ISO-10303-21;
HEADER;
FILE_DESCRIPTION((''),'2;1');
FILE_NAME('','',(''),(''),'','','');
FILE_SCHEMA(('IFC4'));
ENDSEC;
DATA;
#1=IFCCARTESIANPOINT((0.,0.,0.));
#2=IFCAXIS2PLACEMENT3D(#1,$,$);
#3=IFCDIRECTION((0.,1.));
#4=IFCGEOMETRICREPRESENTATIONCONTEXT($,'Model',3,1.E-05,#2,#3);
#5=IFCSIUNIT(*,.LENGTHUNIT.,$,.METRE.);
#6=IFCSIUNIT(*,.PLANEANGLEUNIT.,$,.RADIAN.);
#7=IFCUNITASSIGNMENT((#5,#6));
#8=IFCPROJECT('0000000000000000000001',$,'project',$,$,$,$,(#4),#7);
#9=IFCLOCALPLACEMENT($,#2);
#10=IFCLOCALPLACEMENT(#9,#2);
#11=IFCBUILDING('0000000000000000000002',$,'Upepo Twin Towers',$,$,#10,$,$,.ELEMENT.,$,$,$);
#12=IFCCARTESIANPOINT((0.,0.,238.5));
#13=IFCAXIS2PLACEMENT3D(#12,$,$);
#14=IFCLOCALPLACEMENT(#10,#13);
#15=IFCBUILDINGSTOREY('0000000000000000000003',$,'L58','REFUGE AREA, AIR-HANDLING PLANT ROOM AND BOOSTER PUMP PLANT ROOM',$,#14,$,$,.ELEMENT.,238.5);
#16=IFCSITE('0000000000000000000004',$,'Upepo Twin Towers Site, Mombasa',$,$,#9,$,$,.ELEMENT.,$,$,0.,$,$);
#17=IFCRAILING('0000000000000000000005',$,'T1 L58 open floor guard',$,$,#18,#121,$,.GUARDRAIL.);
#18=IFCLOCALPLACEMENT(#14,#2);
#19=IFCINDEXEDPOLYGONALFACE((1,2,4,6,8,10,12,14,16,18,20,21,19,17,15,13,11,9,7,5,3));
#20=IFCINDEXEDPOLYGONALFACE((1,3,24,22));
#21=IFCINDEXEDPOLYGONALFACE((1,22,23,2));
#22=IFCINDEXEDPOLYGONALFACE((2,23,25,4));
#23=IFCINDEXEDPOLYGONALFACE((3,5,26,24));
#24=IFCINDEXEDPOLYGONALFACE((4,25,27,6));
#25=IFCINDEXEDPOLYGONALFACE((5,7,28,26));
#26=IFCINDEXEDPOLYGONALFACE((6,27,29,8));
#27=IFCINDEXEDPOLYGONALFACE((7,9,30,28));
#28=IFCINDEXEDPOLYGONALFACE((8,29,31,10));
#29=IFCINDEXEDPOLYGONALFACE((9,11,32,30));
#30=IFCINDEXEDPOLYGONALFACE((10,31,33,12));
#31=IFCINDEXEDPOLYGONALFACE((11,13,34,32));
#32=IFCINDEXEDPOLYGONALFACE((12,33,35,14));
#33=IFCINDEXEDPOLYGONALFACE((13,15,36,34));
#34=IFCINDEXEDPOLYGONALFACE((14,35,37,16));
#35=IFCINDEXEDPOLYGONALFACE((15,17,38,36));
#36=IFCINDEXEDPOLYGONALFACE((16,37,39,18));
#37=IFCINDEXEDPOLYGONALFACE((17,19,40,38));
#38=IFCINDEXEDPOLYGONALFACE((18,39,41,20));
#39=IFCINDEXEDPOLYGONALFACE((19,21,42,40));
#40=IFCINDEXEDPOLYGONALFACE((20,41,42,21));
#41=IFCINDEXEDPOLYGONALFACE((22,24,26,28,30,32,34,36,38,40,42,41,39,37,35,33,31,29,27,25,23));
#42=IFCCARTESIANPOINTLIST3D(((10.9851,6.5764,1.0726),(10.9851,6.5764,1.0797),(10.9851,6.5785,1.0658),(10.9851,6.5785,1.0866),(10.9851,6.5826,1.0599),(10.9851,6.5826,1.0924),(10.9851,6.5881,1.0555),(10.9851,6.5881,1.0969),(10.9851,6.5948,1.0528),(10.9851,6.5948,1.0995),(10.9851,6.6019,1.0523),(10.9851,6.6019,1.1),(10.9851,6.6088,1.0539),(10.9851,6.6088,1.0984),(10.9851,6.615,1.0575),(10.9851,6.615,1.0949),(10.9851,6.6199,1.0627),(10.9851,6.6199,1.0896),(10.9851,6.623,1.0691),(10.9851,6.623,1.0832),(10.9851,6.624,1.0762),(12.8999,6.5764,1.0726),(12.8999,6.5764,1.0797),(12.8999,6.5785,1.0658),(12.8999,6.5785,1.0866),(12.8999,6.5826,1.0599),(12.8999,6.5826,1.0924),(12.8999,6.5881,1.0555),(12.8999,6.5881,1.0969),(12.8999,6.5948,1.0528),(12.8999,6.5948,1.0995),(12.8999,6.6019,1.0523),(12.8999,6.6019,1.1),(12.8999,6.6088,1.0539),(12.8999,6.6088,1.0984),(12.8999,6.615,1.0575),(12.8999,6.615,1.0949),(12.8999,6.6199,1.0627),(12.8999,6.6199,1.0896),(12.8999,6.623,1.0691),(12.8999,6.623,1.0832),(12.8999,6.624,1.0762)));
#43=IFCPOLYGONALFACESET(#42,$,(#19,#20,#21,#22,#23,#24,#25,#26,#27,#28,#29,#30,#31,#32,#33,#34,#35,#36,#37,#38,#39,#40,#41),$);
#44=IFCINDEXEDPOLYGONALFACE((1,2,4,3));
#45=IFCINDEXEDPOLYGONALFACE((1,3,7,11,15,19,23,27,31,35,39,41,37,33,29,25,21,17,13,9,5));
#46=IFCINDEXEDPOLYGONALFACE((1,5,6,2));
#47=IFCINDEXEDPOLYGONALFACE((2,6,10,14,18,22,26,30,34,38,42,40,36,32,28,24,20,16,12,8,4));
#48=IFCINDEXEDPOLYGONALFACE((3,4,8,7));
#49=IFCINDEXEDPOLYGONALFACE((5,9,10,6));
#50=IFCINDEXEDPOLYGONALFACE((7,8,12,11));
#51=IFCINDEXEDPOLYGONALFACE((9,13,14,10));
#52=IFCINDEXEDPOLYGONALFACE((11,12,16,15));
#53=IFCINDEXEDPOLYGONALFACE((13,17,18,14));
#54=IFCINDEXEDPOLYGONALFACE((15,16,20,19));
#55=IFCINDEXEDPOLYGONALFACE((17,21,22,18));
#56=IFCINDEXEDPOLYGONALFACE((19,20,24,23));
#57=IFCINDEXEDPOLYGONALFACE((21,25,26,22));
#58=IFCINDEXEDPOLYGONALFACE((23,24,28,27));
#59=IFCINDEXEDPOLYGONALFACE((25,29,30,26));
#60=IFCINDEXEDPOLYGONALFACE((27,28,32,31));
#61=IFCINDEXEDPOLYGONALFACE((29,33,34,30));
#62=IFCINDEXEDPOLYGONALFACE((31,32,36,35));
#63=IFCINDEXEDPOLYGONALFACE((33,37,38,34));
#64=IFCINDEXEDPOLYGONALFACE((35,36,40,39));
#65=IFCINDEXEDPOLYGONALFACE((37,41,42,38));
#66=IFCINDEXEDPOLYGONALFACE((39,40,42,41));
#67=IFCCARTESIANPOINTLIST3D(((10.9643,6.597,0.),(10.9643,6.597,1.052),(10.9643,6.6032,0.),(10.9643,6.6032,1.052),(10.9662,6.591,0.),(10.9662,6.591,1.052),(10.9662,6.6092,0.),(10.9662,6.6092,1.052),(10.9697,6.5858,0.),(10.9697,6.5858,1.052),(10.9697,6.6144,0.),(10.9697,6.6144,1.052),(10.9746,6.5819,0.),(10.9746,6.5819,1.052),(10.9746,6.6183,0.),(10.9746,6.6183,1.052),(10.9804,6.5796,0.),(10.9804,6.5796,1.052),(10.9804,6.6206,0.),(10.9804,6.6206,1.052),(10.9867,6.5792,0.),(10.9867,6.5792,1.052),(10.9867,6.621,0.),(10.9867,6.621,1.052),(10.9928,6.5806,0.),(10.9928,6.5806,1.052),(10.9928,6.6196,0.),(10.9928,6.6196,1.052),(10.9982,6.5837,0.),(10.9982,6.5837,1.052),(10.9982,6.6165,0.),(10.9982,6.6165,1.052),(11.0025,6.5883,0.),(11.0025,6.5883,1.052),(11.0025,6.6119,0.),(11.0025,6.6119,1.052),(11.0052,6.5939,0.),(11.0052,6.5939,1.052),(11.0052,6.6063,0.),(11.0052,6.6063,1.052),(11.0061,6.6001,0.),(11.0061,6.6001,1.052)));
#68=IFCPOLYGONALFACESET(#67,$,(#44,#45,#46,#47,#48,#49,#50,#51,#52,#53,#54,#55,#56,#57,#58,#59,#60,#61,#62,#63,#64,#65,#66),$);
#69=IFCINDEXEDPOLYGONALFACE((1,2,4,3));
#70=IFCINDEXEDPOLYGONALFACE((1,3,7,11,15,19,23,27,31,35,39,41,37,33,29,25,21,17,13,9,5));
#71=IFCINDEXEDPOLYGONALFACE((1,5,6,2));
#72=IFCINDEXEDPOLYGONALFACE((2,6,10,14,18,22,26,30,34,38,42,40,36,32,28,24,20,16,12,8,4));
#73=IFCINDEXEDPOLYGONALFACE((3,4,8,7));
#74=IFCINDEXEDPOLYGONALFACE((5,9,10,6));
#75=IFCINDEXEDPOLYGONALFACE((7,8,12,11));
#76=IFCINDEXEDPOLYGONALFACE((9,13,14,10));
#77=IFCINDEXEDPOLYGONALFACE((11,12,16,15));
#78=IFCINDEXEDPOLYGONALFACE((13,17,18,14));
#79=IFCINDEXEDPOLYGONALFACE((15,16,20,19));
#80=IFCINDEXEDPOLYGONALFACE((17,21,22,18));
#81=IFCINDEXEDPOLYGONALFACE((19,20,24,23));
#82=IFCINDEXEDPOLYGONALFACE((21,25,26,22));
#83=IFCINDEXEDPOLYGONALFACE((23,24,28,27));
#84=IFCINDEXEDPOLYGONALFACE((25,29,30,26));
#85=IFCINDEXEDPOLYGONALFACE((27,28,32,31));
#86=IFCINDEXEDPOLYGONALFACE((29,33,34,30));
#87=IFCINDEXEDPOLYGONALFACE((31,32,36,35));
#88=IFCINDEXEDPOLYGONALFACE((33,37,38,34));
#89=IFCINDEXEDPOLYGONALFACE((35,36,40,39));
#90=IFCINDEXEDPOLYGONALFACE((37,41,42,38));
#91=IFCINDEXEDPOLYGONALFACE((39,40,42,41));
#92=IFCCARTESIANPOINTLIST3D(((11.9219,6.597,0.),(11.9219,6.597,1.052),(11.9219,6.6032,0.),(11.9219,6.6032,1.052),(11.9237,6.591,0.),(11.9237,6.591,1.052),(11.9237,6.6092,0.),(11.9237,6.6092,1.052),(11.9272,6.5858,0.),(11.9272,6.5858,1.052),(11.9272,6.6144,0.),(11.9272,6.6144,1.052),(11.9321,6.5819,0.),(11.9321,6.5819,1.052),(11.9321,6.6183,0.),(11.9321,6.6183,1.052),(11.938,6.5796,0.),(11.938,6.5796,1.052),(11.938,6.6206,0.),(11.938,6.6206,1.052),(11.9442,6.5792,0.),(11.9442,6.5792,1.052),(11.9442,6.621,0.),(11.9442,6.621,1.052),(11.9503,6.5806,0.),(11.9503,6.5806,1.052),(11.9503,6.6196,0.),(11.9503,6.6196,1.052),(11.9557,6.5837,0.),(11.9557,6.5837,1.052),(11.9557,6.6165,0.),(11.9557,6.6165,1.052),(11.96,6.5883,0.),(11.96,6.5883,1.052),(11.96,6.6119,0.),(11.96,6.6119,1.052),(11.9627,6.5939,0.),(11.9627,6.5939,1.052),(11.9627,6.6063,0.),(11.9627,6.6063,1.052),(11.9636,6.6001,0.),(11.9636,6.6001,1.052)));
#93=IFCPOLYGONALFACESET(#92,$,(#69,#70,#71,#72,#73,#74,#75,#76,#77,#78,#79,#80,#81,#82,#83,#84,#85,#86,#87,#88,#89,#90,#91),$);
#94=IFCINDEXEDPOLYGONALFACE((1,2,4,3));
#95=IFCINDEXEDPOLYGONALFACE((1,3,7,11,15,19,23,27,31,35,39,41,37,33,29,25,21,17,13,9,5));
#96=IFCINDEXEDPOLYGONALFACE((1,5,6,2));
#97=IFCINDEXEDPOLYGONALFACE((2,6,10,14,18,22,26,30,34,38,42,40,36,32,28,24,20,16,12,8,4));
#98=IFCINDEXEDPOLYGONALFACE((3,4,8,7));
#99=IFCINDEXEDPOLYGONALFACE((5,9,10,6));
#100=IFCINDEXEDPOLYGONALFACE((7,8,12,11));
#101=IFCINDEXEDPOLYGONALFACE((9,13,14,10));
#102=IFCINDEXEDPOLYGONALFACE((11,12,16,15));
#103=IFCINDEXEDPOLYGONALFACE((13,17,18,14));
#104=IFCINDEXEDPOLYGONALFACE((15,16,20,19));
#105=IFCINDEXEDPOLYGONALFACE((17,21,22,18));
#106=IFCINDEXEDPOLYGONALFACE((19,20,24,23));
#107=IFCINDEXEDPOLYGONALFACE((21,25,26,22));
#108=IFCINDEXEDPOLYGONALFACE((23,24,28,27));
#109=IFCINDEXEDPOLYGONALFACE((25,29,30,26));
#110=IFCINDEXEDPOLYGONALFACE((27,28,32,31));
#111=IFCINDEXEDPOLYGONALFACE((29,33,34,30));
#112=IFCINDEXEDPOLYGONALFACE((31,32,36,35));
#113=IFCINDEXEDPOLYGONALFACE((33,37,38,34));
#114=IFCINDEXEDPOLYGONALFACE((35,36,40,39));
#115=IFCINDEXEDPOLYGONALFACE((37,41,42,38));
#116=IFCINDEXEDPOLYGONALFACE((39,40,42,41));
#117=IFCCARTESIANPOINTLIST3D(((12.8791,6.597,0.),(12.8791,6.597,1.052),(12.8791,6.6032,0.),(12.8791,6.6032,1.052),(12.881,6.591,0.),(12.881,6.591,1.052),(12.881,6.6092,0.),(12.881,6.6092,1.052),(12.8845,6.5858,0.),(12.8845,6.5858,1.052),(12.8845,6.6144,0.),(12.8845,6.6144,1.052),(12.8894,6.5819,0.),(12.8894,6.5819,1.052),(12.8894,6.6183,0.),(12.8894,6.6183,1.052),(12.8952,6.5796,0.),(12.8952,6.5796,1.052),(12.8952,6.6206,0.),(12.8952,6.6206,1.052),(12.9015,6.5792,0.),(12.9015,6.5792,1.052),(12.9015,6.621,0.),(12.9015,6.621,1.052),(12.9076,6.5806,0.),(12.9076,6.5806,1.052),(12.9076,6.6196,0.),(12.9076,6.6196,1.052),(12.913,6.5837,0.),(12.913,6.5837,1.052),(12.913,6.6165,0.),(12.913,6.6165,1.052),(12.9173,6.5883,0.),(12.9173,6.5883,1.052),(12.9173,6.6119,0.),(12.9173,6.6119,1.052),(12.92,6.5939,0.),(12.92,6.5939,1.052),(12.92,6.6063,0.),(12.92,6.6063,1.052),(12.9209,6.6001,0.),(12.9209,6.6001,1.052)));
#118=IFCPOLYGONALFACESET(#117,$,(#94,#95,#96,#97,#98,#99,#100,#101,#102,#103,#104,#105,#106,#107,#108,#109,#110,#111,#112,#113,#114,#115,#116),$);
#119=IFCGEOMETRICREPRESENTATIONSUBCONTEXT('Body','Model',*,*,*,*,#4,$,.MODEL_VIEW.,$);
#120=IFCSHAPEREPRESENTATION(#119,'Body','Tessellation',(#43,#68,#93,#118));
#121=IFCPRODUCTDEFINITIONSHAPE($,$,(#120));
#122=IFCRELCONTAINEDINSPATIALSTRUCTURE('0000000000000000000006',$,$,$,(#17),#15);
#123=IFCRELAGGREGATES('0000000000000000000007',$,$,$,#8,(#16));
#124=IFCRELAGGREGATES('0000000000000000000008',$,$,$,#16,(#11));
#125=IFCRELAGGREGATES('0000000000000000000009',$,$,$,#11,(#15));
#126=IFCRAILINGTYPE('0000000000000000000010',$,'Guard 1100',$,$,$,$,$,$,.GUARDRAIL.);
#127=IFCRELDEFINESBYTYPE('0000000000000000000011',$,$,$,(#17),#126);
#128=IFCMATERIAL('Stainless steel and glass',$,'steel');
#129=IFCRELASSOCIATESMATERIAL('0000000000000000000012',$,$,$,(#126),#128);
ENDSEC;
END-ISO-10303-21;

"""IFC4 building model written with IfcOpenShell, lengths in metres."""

from ifc_helpers import new_model, si_unit, direction, frame, origin, origin_2d, place, context, subcontext, project, spatial, circle, extrude, material, type_object, element, save


model = new_model("IFC4")

# Units and contexts
model_context = context("Model", 3, precision=1e-05, world=origin(), true_north=direction((0.0, 1.0)))
body_context = subcontext(model_context, "Body", "Model", "MODEL_VIEW")
ifc_project = project(units=[si_unit("LENGTHUNIT", "METRE"), si_unit("PLANEANGLEUNIT", "RADIAN")], contexts=[model_context])

# Site, building, storey
site_placement = place(None, origin())
site = spatial("IfcSite", under=ifc_project, at=site_placement, Name="Upepo Twin Towers Site, Mombasa", CompositionType="ELEMENT", RefElevation=0.0)
building_placement = place(site_placement, origin())
building = spatial("IfcBuilding", under=site, at=building_placement, Name="Upepo Twin Towers", CompositionType="ELEMENT")
storey_placement = place(building_placement, frame((0.0, 0.0, 238.5)))
storey = spatial("IfcBuildingStorey", under=building, at=storey_placement, Name="L58", Description="REFUGE AREA, AIR-HANDLING PLANT ROOM AND BOOSTER PUMP PLANT ROOM", CompositionType="ELEMENT", Elevation=238.5)

# Railing
ifc_material_1 = material(Name="Stainless steel and glass", Category="steel")
railing_type = type_object("IfcRailingType", Name="Guard 1100", PredefinedType="GUARDRAIL", material=ifc_material_1)
railing_placement = place(storey_placement, frame((10.9851, 6.6001, 0.0)))
element("IfcRailing", 1, at=railing_placement, inside=storey, type_object=railing_type, Name="T1 L58 open floor guard", PredefinedType="GUARDRAIL", context=body_context, shape_type="SweptSolid", body=[
    extrude(circle(Radius=0.0239, at=origin_2d()), frame((0.0, 0.0, 1.0762), z_axis=(1.0, 0.0, 0.0), x_axis=(0.0, 1.0, 0.0)), (0.0, 0.0, 1.0), 1.9148),
    extrude(circle(Radius=0.021, at=origin_2d()), origin(), (0.0, 0.0, 1.0), 1.052),
    extrude(circle(Radius=0.021, at=origin_2d()), frame((0.9575, 0.0, 0.0)), (0.0, 0.0, 1.0), 1.052),
    extrude(circle(Radius=0.021, at=origin_2d()), frame((1.9148, 0.0, 0.0)), (0.0, 0.0, 1.0), 1.052),
])

save(model, "model.ifc")
